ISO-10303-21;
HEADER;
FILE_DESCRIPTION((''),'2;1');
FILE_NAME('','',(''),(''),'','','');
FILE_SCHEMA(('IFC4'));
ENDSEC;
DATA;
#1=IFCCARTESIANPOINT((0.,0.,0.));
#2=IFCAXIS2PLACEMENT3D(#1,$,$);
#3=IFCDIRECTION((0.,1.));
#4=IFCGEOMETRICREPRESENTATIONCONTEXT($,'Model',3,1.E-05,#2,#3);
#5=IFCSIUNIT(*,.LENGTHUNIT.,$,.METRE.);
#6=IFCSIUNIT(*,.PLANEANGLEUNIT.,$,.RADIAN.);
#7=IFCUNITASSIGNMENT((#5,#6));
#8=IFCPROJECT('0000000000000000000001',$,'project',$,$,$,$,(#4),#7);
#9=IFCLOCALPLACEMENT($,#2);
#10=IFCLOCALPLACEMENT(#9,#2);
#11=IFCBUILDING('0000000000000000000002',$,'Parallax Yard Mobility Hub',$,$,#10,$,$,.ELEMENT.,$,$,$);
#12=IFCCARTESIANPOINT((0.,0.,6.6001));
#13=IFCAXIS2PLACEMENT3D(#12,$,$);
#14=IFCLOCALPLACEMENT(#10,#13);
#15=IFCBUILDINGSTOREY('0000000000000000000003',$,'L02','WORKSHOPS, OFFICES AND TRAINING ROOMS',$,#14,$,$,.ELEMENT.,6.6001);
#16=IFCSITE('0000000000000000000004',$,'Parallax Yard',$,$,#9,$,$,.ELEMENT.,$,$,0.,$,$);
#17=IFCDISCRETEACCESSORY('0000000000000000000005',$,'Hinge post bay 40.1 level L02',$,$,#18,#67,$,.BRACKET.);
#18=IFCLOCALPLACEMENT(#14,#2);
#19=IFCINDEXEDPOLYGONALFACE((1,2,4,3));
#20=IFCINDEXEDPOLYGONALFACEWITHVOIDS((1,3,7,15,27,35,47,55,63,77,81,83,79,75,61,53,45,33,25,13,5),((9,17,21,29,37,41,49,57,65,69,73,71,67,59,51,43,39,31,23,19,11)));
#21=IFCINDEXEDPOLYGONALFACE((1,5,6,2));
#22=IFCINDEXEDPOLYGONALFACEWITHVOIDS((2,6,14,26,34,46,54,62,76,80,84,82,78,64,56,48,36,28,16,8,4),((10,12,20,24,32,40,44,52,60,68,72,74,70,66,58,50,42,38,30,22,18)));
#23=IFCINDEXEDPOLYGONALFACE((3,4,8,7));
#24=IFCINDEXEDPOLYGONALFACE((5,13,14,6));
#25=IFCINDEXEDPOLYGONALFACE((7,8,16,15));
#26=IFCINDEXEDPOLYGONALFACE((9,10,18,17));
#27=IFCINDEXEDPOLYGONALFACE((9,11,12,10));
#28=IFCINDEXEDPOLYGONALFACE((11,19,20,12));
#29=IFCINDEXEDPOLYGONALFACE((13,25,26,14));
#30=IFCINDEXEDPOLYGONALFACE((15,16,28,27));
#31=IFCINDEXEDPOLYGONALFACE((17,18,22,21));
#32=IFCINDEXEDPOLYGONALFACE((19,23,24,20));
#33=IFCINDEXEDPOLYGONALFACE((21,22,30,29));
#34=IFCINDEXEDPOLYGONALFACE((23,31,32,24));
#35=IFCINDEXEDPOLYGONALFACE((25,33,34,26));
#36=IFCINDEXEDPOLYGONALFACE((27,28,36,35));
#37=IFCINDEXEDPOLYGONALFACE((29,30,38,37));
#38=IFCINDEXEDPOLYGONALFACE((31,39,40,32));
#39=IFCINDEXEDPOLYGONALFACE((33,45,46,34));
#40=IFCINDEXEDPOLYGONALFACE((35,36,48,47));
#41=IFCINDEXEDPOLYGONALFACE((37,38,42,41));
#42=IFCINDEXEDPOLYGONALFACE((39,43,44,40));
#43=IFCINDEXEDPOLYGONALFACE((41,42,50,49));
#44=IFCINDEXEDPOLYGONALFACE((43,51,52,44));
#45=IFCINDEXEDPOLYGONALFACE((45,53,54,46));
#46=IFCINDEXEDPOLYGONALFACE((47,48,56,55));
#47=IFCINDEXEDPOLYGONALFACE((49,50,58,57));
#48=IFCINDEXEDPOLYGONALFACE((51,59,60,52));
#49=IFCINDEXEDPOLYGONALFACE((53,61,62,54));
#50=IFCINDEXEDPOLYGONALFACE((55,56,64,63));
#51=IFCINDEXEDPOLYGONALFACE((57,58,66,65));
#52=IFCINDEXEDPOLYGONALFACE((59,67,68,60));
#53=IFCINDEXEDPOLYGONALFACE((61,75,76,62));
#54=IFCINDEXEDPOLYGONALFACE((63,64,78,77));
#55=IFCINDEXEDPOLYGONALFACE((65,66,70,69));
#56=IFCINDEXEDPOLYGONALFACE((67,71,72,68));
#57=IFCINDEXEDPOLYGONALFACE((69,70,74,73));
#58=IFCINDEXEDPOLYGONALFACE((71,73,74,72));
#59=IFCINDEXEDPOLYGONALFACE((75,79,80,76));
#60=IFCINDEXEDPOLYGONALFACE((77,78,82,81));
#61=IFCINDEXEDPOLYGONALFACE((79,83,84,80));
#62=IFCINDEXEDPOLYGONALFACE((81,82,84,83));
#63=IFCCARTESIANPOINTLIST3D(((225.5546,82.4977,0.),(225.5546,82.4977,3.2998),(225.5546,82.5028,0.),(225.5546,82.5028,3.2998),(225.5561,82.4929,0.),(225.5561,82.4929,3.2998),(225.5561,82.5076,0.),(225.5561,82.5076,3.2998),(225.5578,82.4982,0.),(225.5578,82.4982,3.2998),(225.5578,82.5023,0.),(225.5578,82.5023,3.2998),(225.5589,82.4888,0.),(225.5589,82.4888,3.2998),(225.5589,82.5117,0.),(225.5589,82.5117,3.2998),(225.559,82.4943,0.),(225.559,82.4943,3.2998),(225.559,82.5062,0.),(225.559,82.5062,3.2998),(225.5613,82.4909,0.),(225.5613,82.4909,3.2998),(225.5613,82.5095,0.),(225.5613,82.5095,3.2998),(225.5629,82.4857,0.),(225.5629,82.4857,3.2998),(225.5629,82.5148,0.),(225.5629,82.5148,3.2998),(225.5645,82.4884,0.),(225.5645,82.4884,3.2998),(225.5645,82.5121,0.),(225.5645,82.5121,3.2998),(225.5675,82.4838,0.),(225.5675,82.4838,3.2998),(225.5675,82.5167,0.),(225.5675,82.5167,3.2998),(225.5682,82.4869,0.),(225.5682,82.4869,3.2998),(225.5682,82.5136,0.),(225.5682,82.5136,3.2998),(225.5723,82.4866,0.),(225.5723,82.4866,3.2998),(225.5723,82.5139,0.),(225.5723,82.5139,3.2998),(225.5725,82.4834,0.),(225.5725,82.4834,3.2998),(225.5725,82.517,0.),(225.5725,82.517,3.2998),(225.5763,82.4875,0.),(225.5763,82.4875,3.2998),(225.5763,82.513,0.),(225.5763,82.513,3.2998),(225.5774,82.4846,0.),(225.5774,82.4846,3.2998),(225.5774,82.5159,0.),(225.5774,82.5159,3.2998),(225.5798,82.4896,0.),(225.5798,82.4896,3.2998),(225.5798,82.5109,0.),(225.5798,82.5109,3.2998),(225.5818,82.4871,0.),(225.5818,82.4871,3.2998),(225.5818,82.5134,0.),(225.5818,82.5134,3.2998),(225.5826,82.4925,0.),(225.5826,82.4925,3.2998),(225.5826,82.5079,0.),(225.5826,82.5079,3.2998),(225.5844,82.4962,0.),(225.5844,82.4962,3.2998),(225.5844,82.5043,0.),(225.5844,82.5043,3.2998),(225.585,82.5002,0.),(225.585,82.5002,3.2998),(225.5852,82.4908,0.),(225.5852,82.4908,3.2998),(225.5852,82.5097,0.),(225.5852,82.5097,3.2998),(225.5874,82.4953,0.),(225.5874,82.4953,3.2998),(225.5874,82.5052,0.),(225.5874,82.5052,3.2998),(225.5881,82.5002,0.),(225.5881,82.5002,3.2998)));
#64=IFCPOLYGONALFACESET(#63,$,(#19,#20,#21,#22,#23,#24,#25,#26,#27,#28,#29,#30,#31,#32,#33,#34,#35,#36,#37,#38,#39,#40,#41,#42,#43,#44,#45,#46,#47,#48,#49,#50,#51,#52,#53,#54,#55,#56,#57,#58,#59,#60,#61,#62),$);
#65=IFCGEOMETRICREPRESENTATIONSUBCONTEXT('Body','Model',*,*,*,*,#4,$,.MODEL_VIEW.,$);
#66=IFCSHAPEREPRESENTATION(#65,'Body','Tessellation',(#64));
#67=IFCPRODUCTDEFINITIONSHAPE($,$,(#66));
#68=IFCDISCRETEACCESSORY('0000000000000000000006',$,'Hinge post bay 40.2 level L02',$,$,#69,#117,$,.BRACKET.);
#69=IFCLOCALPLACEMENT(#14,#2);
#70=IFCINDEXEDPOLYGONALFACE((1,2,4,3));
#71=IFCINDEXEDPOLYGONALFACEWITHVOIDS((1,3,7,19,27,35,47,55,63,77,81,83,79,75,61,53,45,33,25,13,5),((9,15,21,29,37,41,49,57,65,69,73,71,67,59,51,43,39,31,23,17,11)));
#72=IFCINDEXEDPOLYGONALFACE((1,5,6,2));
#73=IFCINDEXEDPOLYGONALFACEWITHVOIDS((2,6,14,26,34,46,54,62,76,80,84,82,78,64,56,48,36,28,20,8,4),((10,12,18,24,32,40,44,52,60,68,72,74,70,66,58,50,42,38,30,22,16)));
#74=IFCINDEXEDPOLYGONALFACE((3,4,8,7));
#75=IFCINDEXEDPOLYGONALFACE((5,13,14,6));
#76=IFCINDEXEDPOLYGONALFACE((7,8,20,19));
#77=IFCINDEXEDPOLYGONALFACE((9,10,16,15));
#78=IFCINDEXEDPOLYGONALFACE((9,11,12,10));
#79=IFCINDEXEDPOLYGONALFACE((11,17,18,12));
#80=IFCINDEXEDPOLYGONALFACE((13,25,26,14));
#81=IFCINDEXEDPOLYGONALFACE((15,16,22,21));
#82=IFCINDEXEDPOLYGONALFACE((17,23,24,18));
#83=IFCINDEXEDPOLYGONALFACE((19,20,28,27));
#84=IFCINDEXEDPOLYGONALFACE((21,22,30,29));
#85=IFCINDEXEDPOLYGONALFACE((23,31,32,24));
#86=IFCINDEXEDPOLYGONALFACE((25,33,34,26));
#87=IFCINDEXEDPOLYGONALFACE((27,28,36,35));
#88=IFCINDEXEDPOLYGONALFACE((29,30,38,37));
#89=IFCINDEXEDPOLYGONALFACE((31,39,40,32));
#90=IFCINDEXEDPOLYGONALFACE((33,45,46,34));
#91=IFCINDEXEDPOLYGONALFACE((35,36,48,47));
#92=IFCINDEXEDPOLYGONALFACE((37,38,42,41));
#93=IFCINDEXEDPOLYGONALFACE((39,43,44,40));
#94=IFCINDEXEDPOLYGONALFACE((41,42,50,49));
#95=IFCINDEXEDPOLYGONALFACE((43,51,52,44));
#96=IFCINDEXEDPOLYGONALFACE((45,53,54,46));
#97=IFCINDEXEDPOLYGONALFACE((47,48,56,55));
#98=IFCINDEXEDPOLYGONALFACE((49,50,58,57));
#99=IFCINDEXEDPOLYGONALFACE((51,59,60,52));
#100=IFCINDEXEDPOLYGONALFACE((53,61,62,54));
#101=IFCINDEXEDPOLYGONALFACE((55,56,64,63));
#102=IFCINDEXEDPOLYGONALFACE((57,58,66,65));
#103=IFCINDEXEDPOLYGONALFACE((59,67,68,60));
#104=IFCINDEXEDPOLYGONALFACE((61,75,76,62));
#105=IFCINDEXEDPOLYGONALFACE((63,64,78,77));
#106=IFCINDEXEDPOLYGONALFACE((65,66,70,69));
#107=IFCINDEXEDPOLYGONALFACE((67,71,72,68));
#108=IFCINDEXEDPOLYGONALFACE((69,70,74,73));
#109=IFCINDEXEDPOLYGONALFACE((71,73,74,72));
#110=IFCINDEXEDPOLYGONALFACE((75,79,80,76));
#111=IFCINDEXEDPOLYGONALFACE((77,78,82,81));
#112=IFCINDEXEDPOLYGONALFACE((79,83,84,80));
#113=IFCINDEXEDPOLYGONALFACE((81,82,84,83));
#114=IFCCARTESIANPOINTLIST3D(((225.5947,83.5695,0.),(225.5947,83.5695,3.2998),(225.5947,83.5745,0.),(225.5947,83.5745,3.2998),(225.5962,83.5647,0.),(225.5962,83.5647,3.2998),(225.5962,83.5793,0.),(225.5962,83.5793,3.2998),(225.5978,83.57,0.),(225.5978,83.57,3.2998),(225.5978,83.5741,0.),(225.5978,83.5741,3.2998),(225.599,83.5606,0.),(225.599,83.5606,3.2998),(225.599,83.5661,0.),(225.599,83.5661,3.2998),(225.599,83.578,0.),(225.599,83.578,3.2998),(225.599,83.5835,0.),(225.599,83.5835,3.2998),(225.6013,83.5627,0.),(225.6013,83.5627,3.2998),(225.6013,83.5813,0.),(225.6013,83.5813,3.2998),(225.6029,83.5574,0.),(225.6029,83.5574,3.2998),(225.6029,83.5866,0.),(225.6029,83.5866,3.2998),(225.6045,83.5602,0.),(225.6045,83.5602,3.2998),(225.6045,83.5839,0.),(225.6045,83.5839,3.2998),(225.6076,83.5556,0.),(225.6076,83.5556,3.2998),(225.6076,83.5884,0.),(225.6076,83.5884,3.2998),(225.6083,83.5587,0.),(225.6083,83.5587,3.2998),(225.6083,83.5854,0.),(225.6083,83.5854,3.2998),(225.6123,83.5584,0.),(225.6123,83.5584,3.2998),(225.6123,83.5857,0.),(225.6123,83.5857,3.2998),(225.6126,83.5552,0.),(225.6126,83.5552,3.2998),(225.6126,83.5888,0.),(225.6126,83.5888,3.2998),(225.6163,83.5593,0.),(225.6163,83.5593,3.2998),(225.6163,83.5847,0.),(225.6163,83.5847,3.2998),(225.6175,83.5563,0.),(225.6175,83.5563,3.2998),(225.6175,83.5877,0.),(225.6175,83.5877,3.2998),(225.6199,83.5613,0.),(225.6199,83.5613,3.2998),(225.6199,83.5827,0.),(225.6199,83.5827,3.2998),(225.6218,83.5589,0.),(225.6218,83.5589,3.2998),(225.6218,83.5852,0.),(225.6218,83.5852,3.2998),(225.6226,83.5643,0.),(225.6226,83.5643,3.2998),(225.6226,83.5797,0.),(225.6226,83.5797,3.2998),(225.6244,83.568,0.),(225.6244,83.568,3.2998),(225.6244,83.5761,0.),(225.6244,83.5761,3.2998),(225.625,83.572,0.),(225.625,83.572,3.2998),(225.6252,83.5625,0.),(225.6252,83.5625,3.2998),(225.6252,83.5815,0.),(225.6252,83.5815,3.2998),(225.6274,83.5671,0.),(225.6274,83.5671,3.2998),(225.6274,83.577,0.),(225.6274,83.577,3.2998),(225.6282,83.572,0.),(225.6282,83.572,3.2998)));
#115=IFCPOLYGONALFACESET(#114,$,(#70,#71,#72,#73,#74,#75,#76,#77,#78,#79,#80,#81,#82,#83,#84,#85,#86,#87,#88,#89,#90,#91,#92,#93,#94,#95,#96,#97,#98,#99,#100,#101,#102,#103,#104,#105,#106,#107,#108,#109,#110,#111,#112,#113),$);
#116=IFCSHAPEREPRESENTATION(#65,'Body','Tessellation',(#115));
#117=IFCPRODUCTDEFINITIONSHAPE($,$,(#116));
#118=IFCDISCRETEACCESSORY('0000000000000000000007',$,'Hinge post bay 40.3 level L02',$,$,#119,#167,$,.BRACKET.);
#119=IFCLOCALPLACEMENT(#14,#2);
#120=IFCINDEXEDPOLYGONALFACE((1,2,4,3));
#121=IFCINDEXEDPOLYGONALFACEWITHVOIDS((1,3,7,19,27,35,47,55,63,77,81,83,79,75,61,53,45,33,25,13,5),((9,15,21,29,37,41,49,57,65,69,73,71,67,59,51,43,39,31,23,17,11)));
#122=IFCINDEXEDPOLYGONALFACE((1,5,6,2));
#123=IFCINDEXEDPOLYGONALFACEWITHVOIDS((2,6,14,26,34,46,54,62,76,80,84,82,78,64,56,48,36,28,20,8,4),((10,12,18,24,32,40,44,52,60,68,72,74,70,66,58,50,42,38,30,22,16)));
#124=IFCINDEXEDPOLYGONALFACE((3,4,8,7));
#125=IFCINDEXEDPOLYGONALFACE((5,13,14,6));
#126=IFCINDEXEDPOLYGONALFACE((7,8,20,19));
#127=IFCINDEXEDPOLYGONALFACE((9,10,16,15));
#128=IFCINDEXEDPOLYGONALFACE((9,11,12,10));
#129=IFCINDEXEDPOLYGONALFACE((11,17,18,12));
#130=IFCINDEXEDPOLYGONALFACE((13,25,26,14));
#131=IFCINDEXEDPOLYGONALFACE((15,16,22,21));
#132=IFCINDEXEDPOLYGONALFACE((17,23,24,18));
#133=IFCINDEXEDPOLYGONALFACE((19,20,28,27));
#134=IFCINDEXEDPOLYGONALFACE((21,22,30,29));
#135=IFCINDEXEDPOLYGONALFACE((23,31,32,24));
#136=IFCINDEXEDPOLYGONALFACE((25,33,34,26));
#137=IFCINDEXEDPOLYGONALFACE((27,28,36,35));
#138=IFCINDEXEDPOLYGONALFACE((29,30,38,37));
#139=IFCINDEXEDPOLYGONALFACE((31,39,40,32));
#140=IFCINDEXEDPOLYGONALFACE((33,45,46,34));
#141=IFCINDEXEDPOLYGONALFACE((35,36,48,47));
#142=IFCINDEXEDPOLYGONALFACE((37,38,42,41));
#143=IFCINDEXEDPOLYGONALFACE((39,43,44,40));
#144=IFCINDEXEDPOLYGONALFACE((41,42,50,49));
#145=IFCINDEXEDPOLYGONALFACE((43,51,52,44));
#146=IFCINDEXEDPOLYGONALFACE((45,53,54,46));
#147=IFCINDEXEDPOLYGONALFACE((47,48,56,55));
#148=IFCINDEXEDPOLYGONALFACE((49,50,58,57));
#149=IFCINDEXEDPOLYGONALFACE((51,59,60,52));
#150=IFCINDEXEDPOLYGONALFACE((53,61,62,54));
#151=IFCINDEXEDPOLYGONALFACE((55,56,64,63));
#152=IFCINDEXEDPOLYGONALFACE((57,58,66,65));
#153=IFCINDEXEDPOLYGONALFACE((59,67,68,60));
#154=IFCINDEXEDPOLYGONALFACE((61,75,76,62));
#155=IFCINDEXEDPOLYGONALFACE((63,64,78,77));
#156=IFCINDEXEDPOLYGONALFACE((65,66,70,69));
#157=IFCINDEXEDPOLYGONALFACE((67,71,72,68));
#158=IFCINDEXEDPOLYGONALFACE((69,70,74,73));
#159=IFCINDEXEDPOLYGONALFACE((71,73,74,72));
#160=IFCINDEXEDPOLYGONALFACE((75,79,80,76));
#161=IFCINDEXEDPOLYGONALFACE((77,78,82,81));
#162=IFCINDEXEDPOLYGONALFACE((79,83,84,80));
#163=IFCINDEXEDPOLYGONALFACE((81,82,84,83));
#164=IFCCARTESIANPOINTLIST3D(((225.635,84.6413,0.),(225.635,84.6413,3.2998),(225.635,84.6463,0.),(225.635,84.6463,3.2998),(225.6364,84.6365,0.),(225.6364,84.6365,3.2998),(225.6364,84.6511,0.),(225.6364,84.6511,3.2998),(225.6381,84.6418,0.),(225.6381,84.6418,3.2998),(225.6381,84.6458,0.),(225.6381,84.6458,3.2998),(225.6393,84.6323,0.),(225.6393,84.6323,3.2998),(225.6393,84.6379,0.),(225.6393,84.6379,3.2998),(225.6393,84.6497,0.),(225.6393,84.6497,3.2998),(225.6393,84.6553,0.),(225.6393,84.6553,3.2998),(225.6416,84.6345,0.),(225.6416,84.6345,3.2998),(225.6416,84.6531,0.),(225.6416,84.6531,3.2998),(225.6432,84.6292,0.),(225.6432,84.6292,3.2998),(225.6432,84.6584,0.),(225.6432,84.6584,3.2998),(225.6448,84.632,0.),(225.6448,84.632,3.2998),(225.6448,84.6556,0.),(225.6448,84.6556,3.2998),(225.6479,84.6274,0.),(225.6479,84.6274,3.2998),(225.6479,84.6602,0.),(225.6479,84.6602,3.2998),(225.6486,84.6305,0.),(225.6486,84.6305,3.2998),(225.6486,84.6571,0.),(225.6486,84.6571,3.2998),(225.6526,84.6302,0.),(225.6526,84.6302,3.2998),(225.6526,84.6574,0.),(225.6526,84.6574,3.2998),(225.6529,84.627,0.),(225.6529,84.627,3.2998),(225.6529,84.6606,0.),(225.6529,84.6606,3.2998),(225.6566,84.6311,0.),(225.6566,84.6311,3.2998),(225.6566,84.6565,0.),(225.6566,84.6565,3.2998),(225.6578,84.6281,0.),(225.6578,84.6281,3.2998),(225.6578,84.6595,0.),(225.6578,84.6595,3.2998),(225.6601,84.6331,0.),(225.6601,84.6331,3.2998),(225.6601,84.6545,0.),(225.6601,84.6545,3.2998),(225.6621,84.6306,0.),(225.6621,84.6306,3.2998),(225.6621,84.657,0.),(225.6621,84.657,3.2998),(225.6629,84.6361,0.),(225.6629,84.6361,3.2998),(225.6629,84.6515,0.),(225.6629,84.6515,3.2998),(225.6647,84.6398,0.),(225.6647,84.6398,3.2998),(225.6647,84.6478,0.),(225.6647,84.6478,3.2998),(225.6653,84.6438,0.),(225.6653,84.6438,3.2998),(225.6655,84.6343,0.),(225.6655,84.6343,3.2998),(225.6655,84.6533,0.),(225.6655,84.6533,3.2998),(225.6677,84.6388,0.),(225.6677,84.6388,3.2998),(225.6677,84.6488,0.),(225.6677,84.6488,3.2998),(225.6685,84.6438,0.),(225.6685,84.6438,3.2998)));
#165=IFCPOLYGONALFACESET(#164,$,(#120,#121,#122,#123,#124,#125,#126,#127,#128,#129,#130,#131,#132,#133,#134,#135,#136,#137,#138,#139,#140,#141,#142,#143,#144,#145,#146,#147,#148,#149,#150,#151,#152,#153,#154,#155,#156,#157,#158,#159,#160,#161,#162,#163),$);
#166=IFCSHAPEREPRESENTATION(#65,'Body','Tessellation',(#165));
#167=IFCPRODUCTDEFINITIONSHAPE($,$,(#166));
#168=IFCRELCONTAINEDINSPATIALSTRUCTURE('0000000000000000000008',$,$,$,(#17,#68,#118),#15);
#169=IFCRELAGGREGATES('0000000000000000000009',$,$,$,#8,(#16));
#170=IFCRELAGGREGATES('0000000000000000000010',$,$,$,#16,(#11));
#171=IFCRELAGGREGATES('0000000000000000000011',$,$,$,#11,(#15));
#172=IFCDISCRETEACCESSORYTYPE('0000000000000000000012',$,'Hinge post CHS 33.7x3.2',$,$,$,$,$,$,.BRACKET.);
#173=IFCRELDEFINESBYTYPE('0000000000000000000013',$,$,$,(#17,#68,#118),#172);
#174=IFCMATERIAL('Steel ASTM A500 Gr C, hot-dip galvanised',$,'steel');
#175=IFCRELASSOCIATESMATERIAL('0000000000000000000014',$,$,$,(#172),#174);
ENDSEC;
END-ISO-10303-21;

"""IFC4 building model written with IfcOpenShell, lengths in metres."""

from ifc_helpers import new_model, si_unit, direction, frame, origin, origin_2d, place, context, subcontext, project, spatial, hollow_circle, extrude, material, material_profile, profile_set, type_object, element, save


model = new_model("IFC4")

# Units and contexts
model_context = context("Model", 3, precision=1e-05, world=origin(), true_north=direction((0.0, 1.0)))
body_context = subcontext(model_context, "Body", "Model", "MODEL_VIEW")
ifc_project = project(units=[si_unit("LENGTHUNIT", "METRE"), si_unit("PLANEANGLEUNIT", "RADIAN")], contexts=[model_context])

# Site, building, storey
site_placement = place(None, origin())
site = spatial("IfcSite", under=ifc_project, at=site_placement, Name="Parallax Yard", CompositionType="ELEMENT", RefElevation=0.0)
building_placement = place(site_placement, origin())
building = spatial("IfcBuilding", under=site, at=building_placement, Name="Parallax Yard Mobility Hub", CompositionType="ELEMENT")
storey_placement = place(building_placement, frame((0.0, 0.0, 6.6001)))
storey = spatial("IfcBuildingStorey", under=building, at=storey_placement, Name="L02", Description="WORKSHOPS, OFFICES AND TRAINING ROOMS", CompositionType="ELEMENT", Elevation=6.6001)

# Discrete accessories
ifc_material_1 = material(Name="Steel ASTM A500 Gr C, hot-dip galvanised", Category="steel")
ifc_material_profile = material_profile(ifc_material_1, hollow_circle(Radius=0.0168, WallThickness=0.0032, at=origin_2d()), Name="CHS 33.7x3.2")
ifc_profile_set = profile_set([ifc_material_profile], Name="Steel ASTM A500 Gr C, hot-dip galvanised")
discrete_accessory_type = type_object("IfcDiscreteAccessoryType", Name="Hinge post CHS 33.7x3.2", PredefinedType="BRACKET", material=ifc_profile_set)
for number, where, z_axis, x_axis, name in (
    (1, (225.5713, 82.5002, 0.0), (0.0, 0.0, 1.0), (1.0, 0.0, 0.0), "Hinge post bay 40.1 level L02"),
    (2, (225.6113, 83.572, 0.0), (0.0, 0.0, 1.0), (1.0, 0.0, 0.0), "Hinge post bay 40.2 level L02"),
    (3, (225.6516, 84.6438, 0.0), (0.0, 0.0, 1.0), (1.0, 0.0, 0.0), "Hinge post bay 40.3 level L02"),
):
    element("IfcDiscreteAccessory", number, at=place(storey_placement, frame(where, z_axis=z_axis, x_axis=x_axis)), inside=storey, type_object=discrete_accessory_type, Name=name, PredefinedType="BRACKET", context=body_context, shape_type="SweptSolid", body=[
        extrude(hollow_circle(Radius=0.0168, WallThickness=0.0032, at=origin_2d()), origin(), (0.0, 0.0, 1.0), 3.2998),
    ])

save(model, "model.ifc")
